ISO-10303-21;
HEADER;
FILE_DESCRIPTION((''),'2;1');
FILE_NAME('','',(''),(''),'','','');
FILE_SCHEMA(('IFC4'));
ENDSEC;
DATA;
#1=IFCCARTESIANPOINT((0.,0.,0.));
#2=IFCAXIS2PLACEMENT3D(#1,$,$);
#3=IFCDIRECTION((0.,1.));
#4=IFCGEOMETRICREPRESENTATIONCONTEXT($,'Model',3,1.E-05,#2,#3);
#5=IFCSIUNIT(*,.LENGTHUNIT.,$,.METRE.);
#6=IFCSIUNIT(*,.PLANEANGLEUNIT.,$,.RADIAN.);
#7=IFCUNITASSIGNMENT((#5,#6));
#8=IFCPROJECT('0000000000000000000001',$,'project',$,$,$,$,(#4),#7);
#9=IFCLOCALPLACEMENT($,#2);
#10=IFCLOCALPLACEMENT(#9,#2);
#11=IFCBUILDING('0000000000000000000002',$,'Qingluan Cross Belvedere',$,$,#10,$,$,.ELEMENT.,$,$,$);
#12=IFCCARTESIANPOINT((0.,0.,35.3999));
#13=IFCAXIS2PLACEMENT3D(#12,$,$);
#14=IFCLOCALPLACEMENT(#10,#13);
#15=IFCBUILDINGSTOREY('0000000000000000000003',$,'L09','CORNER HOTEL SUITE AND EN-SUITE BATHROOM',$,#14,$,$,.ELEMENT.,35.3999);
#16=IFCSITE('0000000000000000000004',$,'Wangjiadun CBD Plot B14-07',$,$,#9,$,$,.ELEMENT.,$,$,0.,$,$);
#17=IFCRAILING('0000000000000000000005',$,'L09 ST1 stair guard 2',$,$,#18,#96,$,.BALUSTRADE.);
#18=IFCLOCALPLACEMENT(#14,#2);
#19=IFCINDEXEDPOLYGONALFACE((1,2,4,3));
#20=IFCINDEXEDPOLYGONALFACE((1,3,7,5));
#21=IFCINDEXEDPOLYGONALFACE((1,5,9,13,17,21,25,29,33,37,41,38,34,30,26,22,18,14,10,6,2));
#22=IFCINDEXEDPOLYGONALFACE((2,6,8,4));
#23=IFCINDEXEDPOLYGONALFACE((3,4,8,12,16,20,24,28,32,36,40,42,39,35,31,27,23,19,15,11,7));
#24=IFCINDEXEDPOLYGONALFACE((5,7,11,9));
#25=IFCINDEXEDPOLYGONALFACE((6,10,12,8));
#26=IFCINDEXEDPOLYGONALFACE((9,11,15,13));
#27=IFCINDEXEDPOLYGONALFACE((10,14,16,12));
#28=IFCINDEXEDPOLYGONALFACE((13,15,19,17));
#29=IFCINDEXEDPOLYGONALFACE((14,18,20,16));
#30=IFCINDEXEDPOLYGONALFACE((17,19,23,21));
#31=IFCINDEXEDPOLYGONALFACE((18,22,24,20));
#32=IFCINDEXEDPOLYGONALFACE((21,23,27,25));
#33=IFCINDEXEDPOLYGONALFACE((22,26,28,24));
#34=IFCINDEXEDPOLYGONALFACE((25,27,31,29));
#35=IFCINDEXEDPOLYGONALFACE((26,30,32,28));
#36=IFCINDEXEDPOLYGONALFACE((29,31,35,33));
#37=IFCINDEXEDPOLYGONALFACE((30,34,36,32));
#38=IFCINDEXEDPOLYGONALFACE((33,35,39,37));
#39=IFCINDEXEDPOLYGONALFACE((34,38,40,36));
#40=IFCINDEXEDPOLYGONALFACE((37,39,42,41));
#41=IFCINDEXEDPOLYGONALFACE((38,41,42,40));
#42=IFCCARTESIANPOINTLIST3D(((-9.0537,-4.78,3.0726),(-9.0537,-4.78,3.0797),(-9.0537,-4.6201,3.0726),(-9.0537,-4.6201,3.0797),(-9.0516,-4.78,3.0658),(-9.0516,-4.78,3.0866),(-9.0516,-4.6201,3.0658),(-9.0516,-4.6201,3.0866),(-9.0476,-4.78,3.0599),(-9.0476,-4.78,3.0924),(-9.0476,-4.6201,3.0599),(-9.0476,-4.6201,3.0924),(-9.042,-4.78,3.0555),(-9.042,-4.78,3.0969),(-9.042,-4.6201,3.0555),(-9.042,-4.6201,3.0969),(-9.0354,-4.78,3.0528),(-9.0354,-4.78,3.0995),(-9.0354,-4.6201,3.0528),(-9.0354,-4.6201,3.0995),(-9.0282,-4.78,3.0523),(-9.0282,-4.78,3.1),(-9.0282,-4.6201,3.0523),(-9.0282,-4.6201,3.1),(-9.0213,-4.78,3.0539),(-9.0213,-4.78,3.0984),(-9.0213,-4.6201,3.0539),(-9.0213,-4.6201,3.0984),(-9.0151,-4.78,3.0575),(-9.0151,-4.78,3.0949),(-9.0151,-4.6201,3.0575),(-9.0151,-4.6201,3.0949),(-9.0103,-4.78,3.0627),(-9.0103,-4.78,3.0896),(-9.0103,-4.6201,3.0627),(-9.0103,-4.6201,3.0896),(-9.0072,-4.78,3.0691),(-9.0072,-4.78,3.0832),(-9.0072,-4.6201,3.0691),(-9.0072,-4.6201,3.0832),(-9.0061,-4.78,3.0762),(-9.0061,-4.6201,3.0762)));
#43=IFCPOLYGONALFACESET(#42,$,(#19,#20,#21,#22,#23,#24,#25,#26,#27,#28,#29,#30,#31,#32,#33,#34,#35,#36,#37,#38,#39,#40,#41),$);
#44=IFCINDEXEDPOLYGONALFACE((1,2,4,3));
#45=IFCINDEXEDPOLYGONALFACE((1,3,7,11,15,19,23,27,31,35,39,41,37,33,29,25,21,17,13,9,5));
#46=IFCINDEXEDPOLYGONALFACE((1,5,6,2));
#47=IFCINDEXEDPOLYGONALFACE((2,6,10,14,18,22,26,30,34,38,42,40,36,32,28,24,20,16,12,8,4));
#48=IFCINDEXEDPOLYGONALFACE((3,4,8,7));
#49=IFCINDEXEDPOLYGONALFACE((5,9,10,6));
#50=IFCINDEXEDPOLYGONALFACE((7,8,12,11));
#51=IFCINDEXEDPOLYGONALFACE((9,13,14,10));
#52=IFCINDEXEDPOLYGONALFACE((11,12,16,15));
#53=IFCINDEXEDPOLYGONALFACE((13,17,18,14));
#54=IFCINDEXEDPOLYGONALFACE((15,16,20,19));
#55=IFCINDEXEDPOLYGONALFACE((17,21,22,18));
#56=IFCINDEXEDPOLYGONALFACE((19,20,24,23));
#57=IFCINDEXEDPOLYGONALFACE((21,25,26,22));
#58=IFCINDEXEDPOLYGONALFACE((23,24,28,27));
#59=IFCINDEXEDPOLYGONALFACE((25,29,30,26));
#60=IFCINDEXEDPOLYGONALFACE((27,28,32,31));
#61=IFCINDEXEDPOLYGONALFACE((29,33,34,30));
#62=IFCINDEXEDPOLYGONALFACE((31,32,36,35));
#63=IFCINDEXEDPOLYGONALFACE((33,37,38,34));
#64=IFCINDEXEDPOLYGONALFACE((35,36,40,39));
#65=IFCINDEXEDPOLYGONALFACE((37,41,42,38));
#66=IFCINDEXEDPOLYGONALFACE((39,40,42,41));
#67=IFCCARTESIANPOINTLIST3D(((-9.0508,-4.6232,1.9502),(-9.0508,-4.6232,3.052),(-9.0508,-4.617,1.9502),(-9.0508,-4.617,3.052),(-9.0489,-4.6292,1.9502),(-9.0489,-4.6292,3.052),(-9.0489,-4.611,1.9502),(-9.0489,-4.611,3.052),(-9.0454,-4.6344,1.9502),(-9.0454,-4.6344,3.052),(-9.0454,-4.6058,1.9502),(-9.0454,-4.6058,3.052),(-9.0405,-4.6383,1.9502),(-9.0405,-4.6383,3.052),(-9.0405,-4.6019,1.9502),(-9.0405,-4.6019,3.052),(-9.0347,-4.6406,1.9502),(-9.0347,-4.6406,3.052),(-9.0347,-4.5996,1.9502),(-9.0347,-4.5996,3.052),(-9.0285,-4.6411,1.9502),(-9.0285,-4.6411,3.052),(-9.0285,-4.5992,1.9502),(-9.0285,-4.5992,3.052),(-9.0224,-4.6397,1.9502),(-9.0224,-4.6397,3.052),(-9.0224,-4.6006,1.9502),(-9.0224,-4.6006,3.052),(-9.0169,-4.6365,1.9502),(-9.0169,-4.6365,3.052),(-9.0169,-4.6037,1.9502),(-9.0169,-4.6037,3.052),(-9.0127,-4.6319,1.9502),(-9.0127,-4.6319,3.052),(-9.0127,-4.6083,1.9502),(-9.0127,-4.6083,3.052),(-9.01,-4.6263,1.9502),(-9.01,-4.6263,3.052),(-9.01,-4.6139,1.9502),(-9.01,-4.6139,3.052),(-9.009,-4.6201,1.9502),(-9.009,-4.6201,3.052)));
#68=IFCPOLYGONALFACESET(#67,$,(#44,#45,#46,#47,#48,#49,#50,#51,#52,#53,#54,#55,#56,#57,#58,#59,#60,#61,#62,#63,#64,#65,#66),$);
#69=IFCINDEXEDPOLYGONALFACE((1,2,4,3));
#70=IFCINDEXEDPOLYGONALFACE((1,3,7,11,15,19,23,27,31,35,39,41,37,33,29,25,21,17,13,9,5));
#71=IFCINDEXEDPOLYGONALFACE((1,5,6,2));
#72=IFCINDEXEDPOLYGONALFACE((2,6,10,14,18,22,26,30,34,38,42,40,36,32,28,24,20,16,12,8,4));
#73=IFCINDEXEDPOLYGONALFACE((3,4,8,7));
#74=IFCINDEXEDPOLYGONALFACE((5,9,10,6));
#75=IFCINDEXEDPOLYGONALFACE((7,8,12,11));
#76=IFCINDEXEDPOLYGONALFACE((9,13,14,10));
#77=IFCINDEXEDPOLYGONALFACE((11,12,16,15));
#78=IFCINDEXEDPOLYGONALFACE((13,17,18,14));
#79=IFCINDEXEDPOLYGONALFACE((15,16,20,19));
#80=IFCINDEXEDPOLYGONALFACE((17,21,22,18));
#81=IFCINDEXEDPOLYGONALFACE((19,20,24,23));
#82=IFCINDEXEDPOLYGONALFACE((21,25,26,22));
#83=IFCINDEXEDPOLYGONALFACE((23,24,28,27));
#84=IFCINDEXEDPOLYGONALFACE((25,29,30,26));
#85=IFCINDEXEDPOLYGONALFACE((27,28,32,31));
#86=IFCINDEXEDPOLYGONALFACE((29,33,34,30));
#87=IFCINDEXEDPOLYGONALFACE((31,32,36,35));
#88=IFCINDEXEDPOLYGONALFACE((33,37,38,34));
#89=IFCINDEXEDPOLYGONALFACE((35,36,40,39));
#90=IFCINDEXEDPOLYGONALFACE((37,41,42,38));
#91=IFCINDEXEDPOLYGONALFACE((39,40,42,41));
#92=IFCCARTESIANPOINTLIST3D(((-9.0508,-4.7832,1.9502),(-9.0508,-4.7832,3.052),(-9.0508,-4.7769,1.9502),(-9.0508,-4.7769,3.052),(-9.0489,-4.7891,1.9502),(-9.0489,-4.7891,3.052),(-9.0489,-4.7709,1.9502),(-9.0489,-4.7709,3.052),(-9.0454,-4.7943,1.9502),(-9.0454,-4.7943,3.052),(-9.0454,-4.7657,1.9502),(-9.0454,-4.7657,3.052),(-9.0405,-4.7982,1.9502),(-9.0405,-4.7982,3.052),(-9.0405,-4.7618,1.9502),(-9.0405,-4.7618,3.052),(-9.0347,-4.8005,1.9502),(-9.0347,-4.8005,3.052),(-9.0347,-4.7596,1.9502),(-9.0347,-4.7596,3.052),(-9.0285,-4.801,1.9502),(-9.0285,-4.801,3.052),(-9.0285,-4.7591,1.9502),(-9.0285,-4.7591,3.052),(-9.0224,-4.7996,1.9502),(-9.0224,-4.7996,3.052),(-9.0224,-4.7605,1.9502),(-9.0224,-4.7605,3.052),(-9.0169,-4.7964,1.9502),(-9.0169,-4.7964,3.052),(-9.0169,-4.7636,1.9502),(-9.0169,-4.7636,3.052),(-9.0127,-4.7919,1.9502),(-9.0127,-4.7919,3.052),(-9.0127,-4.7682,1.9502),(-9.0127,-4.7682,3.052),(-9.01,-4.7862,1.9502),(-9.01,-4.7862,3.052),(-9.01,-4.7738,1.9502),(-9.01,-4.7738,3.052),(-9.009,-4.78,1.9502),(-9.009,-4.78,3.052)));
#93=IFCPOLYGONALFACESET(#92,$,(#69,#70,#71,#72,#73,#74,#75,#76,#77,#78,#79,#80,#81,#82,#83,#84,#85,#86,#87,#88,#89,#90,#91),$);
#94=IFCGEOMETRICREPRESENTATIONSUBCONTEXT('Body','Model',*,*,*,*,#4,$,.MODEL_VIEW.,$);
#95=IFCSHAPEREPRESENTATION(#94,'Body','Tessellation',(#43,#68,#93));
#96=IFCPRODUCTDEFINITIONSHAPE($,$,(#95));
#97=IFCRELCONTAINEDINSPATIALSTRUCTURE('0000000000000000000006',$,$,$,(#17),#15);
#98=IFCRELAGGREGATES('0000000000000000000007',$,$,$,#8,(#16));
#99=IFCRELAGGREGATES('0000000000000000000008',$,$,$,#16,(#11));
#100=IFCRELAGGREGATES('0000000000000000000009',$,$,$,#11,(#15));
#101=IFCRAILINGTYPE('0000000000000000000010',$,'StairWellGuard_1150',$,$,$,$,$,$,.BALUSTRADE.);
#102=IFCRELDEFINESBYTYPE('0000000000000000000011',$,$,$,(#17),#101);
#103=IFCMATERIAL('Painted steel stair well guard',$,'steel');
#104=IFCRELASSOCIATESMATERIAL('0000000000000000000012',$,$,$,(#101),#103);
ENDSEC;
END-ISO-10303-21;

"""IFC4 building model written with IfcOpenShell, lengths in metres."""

from ifc_helpers import new_model, si_unit, direction, frame, origin, origin_2d, place, context, subcontext, project, spatial, circle, extrude, material, type_object, element, save


model = new_model("IFC4")

# Units and contexts
model_context = context("Model", 3, precision=1e-05, world=origin(), true_north=direction((0.0, 1.0)))
body_context = subcontext(model_context, "Body", "Model", "MODEL_VIEW")
ifc_project = project(units=[si_unit("LENGTHUNIT", "METRE"), si_unit("PLANEANGLEUNIT", "RADIAN")], contexts=[model_context])

# Site, building, storey
site_placement = place(None, origin())
site = spatial("IfcSite", under=ifc_project, at=site_placement, Name="Wangjiadun CBD Plot B14-07", CompositionType="ELEMENT", RefElevation=0.0)
building_placement = place(site_placement, origin())
building = spatial("IfcBuilding", under=site, at=building_placement, Name="Qingluan Cross Belvedere", CompositionType="ELEMENT")
storey_placement = place(building_placement, frame((0.0, 0.0, 35.3999)))
storey = spatial("IfcBuildingStorey", under=building, at=storey_placement, Name="L09", Description="CORNER HOTEL SUITE AND EN-SUITE BATHROOM", CompositionType="ELEMENT", Elevation=35.3999)

# Railing
ifc_material_1 = material(Name="Painted steel stair well guard", Category="steel")
railing_type_1 = type_object("IfcRailingType", Name="StairWellGuard_1150", PredefinedType="BALUSTRADE", material=ifc_material_1)
railing_1_placement = place(storey_placement, frame((-9.03, -4.6201, 1.9502)))
element("IfcRailing", 1, at=railing_1_placement, inside=storey, type_object=railing_type_1, Name="L09 ST1 stair guard 2", PredefinedType="BALUSTRADE", context=body_context, shape_type="SweptSolid", body=[
    extrude(circle(Radius=0.0239, at=origin_2d()), frame((0.0, 0.0, 1.126), z_axis=(0.0, -1.0, 0.0), x_axis=(1.0, 0.0, 0.0)), (0.0, 0.0, 1.0), 0.1599),
    extrude(circle(Radius=0.021, at=origin_2d()), origin(), (0.0, 0.0, 1.0), 1.1018),
    extrude(circle(Radius=0.021, at=origin_2d()), frame((0.0, -0.1599, 0.0)), (0.0, 0.0, 1.0), 1.1018),
])

save(model, "model.ifc")
